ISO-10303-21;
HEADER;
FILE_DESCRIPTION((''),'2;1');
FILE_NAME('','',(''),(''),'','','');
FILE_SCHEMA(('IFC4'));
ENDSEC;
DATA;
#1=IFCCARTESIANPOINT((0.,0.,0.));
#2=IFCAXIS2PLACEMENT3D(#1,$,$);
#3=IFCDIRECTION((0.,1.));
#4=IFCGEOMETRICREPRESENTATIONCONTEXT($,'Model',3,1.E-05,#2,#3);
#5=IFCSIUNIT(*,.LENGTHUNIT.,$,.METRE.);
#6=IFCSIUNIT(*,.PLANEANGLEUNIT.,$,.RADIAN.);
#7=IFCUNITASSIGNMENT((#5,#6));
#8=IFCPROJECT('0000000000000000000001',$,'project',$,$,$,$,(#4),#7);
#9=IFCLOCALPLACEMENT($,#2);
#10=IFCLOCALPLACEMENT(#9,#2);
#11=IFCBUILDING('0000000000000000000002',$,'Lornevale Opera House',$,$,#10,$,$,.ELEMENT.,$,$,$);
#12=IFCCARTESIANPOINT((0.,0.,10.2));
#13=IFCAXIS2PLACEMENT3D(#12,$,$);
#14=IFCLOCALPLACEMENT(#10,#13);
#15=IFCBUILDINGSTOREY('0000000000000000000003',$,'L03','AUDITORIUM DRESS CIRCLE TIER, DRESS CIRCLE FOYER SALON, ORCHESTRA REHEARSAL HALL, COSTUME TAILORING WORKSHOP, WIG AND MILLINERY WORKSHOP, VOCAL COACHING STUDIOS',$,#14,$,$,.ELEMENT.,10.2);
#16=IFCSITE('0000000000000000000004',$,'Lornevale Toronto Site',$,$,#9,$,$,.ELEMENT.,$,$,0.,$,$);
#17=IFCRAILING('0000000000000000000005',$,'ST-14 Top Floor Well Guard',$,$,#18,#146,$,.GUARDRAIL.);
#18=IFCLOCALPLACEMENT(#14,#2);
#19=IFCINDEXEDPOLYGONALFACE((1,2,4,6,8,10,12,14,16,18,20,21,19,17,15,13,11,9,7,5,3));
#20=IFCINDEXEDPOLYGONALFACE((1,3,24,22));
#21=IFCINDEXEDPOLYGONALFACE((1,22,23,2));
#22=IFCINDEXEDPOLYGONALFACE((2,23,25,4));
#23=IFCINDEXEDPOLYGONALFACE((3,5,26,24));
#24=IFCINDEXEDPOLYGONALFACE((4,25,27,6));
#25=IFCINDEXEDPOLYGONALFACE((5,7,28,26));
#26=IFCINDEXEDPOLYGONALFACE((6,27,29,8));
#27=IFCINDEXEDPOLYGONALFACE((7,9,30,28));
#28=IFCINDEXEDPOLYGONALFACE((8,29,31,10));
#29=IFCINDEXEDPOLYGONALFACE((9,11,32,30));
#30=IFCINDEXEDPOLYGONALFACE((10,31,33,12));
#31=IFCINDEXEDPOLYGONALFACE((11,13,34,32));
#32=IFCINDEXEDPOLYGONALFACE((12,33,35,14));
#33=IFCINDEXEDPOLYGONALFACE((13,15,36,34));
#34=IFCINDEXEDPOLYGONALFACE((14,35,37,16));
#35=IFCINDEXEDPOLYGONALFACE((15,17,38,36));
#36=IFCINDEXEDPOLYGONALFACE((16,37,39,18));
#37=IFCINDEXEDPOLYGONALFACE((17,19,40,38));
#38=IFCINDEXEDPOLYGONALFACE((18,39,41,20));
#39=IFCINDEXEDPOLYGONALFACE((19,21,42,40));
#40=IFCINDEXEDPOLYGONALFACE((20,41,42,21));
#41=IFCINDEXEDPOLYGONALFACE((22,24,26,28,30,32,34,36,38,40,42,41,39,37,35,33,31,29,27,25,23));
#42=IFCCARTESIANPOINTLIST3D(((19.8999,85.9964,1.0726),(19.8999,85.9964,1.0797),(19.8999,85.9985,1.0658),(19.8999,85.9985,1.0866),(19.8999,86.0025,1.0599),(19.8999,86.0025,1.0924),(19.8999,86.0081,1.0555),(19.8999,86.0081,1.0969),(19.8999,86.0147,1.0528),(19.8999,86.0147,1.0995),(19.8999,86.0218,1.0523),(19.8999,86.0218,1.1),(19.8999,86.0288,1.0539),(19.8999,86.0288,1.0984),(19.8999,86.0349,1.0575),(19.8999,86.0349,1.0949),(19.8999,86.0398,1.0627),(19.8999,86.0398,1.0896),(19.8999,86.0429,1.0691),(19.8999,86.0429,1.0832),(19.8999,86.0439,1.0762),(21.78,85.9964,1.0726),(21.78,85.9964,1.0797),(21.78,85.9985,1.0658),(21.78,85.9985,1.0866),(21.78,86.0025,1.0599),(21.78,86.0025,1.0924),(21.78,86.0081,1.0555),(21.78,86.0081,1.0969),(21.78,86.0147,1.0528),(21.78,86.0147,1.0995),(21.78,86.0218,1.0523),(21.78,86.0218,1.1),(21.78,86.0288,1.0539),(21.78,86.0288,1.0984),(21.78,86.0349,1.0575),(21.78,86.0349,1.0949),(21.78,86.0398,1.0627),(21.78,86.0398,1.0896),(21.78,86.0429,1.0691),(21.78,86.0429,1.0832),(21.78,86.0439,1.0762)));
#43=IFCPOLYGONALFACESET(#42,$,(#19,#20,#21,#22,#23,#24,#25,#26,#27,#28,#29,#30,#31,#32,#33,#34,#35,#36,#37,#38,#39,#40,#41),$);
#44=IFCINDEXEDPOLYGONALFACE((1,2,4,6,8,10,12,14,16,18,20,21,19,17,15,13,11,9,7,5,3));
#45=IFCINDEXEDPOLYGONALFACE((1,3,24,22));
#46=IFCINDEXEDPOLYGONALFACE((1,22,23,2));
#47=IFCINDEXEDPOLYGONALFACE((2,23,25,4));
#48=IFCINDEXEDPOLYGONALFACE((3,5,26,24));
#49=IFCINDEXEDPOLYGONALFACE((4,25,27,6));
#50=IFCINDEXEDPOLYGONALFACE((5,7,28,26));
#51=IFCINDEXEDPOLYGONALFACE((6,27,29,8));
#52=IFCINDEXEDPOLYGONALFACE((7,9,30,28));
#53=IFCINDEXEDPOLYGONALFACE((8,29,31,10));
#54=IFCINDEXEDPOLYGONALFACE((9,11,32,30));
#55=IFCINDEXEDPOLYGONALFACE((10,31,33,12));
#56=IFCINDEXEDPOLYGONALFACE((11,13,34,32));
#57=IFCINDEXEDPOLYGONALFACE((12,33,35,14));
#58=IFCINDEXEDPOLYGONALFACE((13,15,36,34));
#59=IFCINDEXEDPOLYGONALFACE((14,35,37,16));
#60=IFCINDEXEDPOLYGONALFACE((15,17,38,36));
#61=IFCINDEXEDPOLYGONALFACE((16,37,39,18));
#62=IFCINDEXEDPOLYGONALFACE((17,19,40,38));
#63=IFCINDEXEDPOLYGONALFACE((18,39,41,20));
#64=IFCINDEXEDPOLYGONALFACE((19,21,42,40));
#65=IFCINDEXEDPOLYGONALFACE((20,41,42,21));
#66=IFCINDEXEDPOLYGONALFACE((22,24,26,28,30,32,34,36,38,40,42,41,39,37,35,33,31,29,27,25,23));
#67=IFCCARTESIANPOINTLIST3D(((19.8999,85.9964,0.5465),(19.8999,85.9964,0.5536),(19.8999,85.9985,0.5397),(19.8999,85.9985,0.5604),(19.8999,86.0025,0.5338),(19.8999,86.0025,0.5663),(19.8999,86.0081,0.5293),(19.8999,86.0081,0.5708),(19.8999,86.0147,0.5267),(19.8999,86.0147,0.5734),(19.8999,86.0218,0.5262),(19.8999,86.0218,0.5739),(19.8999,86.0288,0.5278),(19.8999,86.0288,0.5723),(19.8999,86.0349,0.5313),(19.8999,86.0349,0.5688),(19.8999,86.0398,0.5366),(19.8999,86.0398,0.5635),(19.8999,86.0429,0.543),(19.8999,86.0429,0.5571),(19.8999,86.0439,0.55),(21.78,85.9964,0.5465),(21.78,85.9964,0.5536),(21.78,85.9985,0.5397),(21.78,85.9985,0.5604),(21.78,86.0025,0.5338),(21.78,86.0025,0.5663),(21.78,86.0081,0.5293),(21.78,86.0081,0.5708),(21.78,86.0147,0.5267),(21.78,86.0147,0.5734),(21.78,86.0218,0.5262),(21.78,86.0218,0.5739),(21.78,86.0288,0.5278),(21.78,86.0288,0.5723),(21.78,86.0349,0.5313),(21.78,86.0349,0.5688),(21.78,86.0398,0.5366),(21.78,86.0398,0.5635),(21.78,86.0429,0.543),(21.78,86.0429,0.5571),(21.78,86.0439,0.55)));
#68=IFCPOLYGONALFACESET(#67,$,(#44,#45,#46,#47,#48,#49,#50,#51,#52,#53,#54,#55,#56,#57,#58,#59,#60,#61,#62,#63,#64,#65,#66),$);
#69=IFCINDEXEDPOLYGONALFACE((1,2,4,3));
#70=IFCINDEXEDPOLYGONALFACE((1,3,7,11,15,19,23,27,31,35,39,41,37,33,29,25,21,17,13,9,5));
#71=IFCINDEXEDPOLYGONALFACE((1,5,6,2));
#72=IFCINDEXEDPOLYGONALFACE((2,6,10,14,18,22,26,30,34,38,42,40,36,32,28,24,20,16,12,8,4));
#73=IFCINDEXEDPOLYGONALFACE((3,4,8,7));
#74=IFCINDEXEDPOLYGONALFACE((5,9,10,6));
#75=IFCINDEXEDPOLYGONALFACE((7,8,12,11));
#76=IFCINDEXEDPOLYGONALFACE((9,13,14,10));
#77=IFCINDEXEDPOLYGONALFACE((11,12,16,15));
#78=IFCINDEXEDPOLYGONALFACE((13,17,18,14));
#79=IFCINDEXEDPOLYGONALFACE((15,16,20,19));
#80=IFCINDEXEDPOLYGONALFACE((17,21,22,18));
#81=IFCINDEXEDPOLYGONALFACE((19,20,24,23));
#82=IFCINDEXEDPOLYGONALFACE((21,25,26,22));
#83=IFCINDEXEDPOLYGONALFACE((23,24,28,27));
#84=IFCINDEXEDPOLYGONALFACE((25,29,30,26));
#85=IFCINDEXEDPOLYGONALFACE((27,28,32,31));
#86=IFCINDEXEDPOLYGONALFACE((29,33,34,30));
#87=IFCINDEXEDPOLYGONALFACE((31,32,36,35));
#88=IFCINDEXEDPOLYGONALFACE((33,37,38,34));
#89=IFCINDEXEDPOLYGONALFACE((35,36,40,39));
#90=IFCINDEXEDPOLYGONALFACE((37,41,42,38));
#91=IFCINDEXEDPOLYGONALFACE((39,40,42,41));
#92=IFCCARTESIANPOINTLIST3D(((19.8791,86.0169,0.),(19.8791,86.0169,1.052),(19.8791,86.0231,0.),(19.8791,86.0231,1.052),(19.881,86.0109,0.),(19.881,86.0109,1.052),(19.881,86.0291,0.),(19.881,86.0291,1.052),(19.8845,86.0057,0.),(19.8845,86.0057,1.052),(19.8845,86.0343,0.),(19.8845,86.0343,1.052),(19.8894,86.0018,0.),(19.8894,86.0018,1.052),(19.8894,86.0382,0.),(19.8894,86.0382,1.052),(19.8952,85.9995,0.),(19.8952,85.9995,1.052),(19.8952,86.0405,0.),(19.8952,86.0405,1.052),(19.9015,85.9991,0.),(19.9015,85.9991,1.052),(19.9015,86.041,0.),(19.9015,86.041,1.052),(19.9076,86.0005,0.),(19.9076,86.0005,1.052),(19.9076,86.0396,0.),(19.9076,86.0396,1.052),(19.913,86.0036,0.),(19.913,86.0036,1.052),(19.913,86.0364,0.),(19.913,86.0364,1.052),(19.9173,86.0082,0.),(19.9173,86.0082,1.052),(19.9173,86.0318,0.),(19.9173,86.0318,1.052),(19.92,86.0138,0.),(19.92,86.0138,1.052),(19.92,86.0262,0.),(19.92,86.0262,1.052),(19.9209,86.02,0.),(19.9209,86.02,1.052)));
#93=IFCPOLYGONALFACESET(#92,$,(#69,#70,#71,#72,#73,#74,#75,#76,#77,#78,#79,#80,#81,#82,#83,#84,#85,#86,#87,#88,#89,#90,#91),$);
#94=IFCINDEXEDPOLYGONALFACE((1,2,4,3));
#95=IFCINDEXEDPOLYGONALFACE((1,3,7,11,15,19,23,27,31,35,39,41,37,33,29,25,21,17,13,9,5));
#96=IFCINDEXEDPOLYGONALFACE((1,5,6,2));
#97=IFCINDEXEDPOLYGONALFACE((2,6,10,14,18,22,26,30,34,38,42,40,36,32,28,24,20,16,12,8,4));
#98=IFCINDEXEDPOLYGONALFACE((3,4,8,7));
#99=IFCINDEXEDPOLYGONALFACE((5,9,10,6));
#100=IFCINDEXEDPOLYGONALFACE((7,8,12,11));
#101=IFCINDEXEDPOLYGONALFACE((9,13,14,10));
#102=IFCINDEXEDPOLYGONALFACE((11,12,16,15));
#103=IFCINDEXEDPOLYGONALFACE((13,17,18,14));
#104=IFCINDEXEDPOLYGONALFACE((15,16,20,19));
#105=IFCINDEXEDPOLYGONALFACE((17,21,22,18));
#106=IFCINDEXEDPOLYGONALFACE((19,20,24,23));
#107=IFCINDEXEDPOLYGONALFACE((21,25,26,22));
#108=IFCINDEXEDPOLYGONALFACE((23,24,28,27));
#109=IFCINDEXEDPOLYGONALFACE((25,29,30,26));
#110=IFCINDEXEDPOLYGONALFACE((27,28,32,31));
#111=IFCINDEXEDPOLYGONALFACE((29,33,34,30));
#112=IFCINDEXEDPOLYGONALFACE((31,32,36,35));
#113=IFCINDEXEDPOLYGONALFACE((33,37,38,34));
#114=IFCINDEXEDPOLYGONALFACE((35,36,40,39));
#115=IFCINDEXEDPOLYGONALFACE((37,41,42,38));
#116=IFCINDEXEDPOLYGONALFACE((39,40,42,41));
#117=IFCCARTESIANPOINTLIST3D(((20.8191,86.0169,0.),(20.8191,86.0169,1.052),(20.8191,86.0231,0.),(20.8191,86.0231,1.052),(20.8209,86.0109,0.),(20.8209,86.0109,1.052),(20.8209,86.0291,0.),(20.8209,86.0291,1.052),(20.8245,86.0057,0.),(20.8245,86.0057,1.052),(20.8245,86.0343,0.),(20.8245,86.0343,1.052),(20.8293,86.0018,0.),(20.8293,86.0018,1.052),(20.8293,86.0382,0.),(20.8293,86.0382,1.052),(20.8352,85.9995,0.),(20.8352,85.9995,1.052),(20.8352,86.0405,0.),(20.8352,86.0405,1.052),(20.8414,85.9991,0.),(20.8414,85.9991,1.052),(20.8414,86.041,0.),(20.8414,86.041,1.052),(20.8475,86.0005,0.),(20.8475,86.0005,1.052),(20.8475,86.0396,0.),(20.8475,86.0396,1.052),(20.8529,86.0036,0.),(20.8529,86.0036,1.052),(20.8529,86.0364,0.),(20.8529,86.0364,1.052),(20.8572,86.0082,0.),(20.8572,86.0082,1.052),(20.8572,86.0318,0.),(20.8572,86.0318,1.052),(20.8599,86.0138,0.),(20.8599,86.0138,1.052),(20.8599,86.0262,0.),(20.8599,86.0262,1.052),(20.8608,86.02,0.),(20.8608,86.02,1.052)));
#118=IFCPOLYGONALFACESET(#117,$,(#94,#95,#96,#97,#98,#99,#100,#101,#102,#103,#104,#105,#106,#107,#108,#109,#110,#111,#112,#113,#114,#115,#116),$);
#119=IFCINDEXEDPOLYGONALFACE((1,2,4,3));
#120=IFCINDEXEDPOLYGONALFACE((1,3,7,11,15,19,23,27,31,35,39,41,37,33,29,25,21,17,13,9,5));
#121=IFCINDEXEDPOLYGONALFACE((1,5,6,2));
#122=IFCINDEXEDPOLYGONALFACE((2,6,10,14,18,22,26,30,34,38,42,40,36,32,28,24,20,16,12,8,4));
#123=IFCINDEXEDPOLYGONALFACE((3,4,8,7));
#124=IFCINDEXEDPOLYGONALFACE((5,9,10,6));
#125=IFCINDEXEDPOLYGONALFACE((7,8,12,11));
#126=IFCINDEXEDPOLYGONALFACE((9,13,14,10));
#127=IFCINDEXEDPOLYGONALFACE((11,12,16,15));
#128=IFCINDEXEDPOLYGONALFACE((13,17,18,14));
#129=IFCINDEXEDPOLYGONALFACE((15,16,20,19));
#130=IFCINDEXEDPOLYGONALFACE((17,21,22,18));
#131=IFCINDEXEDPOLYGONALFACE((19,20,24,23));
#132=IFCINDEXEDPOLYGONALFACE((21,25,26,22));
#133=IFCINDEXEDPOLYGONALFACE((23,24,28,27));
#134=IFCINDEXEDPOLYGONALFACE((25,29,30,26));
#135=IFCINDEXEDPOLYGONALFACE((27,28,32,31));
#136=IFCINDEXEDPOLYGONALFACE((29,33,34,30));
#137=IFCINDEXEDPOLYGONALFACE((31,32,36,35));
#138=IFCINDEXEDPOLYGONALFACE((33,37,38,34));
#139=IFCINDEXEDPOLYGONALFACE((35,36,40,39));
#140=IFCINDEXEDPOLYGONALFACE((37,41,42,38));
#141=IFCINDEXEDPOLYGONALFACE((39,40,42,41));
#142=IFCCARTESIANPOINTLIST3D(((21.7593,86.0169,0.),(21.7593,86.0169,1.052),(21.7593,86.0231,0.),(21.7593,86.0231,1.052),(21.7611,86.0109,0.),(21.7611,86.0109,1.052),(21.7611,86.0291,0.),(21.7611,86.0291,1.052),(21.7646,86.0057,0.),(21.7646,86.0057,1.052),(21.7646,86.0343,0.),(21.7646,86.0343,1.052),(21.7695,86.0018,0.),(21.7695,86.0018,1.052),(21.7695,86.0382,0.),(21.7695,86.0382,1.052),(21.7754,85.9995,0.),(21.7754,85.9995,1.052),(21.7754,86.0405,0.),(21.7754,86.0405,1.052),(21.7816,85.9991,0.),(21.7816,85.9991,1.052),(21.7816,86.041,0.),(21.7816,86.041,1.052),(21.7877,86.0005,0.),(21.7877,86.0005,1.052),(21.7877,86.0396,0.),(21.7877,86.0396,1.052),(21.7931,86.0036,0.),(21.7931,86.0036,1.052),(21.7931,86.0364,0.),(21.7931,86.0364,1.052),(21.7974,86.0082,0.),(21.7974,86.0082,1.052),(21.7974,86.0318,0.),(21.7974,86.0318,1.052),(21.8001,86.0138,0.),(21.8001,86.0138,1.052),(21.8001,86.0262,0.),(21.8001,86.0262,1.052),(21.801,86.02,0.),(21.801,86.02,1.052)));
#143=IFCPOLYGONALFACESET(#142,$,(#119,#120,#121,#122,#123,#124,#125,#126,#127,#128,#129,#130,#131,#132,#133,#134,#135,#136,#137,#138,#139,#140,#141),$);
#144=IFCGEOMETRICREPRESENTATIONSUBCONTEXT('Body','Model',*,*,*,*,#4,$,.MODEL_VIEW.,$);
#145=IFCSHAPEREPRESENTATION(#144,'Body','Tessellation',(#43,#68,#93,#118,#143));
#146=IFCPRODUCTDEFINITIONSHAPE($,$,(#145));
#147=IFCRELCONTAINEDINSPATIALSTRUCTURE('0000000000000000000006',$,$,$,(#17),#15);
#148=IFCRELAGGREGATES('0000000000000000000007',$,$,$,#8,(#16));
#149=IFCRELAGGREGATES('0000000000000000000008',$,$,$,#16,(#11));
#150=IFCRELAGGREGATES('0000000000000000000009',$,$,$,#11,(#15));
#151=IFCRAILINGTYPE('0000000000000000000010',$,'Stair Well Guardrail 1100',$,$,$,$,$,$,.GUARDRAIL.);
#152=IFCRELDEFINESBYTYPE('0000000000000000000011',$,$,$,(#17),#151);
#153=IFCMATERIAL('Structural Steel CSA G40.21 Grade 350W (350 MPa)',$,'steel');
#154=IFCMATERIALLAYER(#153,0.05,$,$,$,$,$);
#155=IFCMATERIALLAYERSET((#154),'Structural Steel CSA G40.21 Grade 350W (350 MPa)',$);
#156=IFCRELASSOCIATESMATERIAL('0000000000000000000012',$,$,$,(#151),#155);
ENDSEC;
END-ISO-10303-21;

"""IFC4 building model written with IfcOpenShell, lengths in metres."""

from ifc_helpers import new_model, si_unit, direction, frame, origin, origin_2d, place, context, subcontext, project, spatial, circle, extrude, material, layer, layer_set, type_object, element, save


model = new_model("IFC4")

# Units and contexts
model_context = context("Model", 3, precision=1e-05, world=origin(), true_north=direction((0.0, 1.0)))
body_context = subcontext(model_context, "Body", "Model", "MODEL_VIEW")
ifc_project = project(units=[si_unit("LENGTHUNIT", "METRE"), si_unit("PLANEANGLEUNIT", "RADIAN")], contexts=[model_context])

# Site, building, storey
site_placement = place(None, origin())
site = spatial("IfcSite", under=ifc_project, at=site_placement, Name="Lornevale Toronto Site", CompositionType="ELEMENT", RefElevation=0.0)
building_placement = place(site_placement, origin())
building = spatial("IfcBuilding", under=site, at=building_placement, Name="Lornevale Opera House", CompositionType="ELEMENT")
storey_placement = place(building_placement, frame((0.0, 0.0, 10.2)))
storey = spatial("IfcBuildingStorey", under=building, at=storey_placement, Name="L03", Description="AUDITORIUM DRESS CIRCLE TIER, DRESS CIRCLE FOYER SALON, ORCHESTRA REHEARSAL HALL, COSTUME TAILORING WORKSHOP, WIG AND MILLINERY WORKSHOP, VOCAL COACHING STUDIOS", CompositionType="ELEMENT", Elevation=10.2)

# Shared definitions
ifc_material_1 = material(Name="Structural Steel CSA G40.21 Grade 350W (350 MPa)", Category="steel")

# Railing
ifc_layer_1 = layer(ifc_material_1, 0.05)
ifc_layer_set_1 = layer_set([ifc_layer_1], Name="Structural Steel CSA G40.21 Grade 350W (350 MPa)")
railing_type = type_object("IfcRailingType", Name="Stair Well Guardrail 1100", PredefinedType="GUARDRAIL", material=ifc_layer_set_1)
railing_placement = place(storey_placement, frame((19.8999, 86.02, 0.0)))
element("IfcRailing", 1, at=railing_placement, inside=storey, type_object=railing_type, Name="ST-14 Top Floor Well Guard", PredefinedType="GUARDRAIL", context=body_context, shape_type="SweptSolid", body=[
    extrude(circle(Radius=0.0239, at=origin_2d()), frame((0.0, 0.0, 1.0762), z_axis=(1.0, 0.0, 0.0), x_axis=(0.0, 1.0, 0.0)), (0.0, 0.0, 1.0), 1.8801),
    extrude(circle(Radius=0.0239, at=origin_2d()), frame((0.0, 0.0, 0.55), z_axis=(1.0, 0.0, 0.0), x_axis=(0.0, 1.0, 0.0)), (0.0, 0.0, 1.0), 1.8801),
    extrude(circle(Radius=0.021, at=origin_2d()), origin(), (0.0, 0.0, 1.0), 1.052),
    extrude(circle(Radius=0.021, at=origin_2d()), frame((0.9399, 0.0, 0.0)), (0.0, 0.0, 1.0), 1.052),
    extrude(circle(Radius=0.021, at=origin_2d()), frame((1.8801, 0.0, 0.0)), (0.0, 0.0, 1.0), 1.052),
])

save(model, "model.ifc")
